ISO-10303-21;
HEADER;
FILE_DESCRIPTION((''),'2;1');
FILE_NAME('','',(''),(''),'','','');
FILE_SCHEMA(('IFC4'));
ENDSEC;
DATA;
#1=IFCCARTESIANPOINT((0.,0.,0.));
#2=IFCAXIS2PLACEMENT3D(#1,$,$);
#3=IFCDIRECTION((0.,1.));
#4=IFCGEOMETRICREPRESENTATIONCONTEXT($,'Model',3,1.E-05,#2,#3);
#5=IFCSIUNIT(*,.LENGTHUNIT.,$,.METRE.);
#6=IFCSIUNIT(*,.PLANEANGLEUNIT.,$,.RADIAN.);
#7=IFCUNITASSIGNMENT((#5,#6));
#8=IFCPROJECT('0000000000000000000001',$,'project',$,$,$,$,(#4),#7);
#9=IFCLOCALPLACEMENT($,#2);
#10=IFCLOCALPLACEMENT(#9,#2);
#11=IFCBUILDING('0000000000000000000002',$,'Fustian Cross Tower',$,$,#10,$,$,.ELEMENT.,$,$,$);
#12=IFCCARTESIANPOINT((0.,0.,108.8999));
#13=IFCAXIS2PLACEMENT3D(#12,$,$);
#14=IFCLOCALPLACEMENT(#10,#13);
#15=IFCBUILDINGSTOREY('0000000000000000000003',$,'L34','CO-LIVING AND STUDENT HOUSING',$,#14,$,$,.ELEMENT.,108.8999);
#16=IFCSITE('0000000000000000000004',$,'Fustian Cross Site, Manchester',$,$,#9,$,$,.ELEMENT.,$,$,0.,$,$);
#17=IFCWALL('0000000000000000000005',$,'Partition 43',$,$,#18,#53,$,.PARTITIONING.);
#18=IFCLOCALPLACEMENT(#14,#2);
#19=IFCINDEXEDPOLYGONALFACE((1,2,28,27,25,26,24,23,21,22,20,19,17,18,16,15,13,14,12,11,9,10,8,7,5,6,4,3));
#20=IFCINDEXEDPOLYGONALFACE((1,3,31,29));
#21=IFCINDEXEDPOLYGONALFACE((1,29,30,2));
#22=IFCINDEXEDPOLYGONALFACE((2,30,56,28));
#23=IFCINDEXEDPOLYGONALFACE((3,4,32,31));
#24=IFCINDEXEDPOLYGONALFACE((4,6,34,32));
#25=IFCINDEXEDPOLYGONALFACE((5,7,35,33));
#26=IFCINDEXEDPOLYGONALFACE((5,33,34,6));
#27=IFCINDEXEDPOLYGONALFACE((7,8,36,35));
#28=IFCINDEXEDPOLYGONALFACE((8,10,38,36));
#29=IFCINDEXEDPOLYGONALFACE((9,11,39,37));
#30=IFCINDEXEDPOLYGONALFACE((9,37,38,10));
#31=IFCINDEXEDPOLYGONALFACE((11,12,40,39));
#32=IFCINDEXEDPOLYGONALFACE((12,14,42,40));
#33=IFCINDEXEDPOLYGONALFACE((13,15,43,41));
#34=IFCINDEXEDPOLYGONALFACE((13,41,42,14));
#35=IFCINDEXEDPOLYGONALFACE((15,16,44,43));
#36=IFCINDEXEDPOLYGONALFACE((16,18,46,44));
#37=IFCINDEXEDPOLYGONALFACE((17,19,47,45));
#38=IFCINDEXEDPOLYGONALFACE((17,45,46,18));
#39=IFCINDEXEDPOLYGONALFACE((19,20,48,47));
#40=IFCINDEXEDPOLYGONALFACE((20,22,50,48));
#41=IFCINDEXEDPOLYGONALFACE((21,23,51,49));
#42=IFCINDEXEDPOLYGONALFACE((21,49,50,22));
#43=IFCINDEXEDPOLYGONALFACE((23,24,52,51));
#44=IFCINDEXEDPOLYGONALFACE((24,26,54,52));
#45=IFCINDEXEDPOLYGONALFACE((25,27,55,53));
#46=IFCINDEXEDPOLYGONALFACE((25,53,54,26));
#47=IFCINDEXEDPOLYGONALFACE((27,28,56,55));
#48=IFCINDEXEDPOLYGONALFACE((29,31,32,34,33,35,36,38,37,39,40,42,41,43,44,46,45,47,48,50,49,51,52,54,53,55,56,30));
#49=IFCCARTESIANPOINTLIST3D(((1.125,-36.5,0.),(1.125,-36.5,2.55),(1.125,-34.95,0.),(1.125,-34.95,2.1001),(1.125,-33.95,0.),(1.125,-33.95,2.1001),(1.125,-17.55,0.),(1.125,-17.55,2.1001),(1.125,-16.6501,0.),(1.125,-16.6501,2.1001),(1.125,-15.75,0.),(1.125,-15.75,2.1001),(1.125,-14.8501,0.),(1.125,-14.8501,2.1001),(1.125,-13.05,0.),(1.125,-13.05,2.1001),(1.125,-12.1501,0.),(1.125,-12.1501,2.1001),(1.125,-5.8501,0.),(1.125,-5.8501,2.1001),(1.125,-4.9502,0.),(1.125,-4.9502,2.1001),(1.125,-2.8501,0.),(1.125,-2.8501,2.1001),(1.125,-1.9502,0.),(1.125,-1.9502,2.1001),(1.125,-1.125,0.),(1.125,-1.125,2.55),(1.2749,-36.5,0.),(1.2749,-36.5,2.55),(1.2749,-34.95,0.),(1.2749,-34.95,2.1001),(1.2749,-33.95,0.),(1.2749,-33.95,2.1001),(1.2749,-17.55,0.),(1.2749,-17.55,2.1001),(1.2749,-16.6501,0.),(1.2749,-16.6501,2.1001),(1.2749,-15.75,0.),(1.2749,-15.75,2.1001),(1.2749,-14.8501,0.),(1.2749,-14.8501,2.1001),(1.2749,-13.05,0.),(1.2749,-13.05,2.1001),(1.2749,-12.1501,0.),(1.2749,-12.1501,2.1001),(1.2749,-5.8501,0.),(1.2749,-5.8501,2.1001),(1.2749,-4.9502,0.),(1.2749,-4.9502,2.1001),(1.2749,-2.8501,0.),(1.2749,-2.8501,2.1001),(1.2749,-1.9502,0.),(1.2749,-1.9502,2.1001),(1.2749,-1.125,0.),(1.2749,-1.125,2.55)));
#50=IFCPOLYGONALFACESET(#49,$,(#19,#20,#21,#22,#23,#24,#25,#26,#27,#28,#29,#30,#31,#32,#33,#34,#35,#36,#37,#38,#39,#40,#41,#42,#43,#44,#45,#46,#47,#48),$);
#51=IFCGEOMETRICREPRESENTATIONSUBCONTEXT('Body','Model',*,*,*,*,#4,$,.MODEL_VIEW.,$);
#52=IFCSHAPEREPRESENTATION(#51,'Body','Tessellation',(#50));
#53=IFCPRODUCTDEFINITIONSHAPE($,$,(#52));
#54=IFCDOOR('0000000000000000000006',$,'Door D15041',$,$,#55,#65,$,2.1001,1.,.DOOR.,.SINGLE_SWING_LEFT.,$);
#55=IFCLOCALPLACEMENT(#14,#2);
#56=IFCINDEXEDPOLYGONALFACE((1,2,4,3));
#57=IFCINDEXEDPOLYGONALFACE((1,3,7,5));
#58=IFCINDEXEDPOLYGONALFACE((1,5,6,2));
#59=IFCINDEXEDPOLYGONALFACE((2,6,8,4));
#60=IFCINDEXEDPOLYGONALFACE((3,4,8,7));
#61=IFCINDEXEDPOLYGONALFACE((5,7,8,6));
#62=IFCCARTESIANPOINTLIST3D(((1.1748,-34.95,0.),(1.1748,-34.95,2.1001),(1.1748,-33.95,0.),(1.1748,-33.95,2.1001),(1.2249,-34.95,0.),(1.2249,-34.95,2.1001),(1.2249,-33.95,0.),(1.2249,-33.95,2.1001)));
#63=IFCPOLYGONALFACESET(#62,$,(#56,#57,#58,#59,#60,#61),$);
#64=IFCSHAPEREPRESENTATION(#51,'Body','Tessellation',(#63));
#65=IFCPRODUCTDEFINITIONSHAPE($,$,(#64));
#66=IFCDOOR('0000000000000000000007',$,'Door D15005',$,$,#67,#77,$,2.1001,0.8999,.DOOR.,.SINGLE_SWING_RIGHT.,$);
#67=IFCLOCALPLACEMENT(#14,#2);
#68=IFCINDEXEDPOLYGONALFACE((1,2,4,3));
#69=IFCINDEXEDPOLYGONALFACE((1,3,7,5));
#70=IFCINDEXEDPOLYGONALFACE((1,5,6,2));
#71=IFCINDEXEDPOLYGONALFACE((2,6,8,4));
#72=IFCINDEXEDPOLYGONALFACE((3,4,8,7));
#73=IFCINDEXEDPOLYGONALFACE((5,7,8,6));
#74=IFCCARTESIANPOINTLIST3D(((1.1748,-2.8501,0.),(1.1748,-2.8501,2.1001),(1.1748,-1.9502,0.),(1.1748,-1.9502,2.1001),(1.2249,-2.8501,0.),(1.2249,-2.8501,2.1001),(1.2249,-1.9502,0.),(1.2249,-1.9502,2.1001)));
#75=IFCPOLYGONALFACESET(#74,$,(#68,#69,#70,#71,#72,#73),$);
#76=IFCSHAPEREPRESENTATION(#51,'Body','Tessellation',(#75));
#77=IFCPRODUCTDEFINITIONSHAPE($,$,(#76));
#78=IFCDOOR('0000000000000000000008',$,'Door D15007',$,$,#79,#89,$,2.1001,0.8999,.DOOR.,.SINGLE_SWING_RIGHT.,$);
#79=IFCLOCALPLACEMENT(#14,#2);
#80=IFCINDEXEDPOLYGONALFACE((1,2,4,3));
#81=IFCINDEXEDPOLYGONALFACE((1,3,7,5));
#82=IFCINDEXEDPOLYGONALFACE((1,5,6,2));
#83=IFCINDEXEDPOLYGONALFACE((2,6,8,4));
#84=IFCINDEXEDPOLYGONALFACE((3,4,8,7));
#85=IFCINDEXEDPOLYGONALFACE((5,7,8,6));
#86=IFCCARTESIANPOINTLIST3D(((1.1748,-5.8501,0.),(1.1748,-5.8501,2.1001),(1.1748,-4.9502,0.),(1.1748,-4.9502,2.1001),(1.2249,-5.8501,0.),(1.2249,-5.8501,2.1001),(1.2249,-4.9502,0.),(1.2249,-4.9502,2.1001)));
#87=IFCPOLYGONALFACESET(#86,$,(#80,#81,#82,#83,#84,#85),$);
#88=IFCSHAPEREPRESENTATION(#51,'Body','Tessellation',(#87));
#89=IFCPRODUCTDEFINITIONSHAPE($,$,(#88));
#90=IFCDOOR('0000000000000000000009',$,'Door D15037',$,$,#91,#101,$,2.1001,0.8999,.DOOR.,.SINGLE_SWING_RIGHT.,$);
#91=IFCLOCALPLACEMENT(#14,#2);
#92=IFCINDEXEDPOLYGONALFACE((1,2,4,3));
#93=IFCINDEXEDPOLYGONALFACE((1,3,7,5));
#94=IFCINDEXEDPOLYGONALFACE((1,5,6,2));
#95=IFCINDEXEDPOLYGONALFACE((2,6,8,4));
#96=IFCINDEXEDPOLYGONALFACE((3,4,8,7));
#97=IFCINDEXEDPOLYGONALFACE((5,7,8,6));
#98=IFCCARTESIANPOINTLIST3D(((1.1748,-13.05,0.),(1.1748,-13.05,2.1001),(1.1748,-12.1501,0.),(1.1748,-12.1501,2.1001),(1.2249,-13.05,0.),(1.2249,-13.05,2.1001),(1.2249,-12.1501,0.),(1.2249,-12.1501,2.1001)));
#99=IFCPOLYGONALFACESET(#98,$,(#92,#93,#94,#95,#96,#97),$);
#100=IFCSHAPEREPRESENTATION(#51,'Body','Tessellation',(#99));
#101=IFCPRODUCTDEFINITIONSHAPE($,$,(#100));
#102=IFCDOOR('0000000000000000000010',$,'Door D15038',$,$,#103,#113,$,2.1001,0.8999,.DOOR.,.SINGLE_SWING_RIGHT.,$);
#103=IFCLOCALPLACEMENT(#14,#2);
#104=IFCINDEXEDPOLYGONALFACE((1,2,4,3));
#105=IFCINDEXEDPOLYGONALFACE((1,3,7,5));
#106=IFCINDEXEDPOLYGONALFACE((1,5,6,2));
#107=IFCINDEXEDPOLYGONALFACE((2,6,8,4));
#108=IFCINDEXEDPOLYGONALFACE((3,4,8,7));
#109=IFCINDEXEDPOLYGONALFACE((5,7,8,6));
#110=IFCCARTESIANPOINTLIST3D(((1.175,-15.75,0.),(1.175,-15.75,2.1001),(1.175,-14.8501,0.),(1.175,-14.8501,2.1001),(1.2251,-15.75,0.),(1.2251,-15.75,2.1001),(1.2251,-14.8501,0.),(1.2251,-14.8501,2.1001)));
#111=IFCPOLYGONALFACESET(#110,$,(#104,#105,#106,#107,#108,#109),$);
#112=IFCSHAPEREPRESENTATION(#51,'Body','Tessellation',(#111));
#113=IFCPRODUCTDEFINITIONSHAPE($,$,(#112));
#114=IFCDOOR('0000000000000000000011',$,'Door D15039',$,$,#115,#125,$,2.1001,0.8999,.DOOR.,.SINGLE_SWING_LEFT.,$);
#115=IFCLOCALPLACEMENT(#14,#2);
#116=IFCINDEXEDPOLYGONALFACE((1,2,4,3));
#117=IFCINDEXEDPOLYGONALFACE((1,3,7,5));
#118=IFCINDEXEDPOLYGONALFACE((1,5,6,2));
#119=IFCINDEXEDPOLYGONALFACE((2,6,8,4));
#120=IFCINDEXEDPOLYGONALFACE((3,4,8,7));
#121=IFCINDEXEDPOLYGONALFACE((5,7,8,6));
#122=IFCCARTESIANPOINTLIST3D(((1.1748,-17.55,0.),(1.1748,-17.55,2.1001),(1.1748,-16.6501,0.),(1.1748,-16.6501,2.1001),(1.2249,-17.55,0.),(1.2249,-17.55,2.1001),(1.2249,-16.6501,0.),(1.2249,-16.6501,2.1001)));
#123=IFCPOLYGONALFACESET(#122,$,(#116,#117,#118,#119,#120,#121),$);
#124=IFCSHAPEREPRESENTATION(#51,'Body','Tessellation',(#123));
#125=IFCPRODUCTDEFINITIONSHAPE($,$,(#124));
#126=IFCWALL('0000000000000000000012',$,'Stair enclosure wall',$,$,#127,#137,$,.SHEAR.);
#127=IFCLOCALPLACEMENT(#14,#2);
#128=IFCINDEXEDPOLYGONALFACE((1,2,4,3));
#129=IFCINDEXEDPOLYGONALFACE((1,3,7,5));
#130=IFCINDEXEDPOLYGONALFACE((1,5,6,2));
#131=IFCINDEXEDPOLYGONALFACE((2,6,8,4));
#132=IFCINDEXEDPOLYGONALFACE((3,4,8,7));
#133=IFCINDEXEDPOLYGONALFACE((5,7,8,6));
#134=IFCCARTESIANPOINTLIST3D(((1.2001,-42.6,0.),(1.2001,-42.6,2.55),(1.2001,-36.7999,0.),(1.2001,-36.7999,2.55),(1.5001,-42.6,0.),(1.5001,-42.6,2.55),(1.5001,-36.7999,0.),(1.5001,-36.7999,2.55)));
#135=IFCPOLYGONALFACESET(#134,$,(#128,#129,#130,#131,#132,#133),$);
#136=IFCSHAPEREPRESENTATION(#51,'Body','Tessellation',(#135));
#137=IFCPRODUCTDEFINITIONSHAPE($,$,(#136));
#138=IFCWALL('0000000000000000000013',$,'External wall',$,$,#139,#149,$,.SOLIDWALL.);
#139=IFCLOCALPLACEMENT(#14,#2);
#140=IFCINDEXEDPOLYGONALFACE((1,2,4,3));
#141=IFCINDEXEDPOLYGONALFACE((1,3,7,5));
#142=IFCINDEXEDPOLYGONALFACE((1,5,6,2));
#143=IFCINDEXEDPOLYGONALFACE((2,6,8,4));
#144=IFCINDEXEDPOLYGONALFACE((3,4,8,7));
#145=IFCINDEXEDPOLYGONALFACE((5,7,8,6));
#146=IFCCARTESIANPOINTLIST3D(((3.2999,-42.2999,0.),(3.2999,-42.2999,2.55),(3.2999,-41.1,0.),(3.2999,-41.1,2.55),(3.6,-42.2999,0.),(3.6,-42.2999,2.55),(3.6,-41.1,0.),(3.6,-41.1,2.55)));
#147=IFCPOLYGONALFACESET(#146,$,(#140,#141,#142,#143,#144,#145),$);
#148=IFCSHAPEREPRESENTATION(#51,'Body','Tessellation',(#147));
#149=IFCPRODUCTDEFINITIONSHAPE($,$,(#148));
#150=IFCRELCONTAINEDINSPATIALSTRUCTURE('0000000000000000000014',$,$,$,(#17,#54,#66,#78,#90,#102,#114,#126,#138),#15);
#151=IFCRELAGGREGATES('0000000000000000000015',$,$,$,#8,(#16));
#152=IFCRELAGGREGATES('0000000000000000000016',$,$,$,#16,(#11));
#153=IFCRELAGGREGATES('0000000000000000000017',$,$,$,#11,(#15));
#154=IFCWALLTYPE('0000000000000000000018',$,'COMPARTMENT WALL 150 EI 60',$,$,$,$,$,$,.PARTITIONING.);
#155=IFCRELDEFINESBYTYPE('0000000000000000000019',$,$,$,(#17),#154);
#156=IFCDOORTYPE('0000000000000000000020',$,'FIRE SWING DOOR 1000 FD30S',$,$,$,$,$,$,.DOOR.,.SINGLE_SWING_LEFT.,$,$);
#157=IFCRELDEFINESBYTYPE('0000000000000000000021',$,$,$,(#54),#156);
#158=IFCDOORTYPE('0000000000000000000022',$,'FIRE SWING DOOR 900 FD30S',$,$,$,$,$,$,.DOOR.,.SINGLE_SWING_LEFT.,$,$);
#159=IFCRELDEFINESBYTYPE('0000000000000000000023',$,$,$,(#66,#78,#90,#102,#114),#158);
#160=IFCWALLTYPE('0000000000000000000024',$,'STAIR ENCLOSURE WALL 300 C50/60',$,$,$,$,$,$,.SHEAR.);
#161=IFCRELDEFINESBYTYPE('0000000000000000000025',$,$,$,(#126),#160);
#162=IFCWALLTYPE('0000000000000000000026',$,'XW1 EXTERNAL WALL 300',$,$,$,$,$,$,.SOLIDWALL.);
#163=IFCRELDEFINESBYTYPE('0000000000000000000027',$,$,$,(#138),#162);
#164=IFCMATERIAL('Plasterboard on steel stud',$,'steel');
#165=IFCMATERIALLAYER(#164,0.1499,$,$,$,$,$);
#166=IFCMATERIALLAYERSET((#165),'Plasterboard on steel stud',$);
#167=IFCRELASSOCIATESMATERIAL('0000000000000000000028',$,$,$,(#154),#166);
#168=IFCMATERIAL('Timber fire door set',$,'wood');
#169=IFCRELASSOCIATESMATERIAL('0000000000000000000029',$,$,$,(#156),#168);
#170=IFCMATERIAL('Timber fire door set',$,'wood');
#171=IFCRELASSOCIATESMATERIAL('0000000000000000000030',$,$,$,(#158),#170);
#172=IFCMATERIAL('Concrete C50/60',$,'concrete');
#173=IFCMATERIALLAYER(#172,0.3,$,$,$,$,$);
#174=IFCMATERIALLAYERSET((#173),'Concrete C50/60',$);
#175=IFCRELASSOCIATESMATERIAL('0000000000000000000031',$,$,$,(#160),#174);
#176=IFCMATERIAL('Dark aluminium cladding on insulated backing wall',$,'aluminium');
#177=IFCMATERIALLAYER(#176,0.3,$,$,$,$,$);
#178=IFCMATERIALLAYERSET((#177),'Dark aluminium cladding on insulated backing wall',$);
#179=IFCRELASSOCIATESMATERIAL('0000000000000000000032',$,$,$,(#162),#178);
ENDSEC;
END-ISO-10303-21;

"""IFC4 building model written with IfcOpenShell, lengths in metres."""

from ifc_helpers import new_model, si_unit, direction, frame, frame_2d, origin, place, context, subcontext, project, spatial, rectangle, extrude, material, layer, layer_set, type_object, element, fill, save


model = new_model("IFC4")

# Units and contexts
model_context = context("Model", 3, precision=1e-05, world=origin(), true_north=direction((0.0, 1.0)))
body_context = subcontext(model_context, "Body", "Model", "MODEL_VIEW")
ifc_project = project(units=[si_unit("LENGTHUNIT", "METRE"), si_unit("PLANEANGLEUNIT", "RADIAN")], contexts=[model_context])

# Site, building, storey
site_placement = place(None, origin())
site = spatial("IfcSite", under=ifc_project, at=site_placement, Name="Fustian Cross Site, Manchester", CompositionType="ELEMENT", RefElevation=0.0)
building_placement = place(site_placement, origin())
building = spatial("IfcBuilding", under=site, at=building_placement, Name="Fustian Cross Tower", CompositionType="ELEMENT")
storey_placement = place(building_placement, frame((0.0, 0.0, 108.8999)))
storey = spatial("IfcBuildingStorey", under=building, at=storey_placement, Name="L34", Description="CO-LIVING AND STUDENT HOUSING", CompositionType="ELEMENT", Elevation=108.8999)

# Wall, openings, doors
ifc_material_1 = material(Name="Plasterboard on steel stud", Category="steel")
ifc_layer_1 = layer(ifc_material_1, 0.1499)
ifc_layer_set_1 = layer_set([ifc_layer_1], Name="Plasterboard on steel stud")
wall_type_1 = type_object("IfcWallType", Name="COMPARTMENT WALL 150 EI 60", PredefinedType="PARTITIONING", material=ifc_layer_set_1)
wall_1_placement = place(storey_placement, frame((1.2, -36.5, 0.0), z_axis=(0.0, 0.0, 1.0), x_axis=(0.0, 1.0, 0.0)))
wall_1 = element("IfcWall", 1, at=wall_1_placement, inside=storey, type_object=wall_type_1, Name="Partition 43", PredefinedType="PARTITIONING", context=body_context, shape_type="SweptSolid", body=[
    extrude(rectangle(XDim=35.375, YDim=0.1499, at=frame_2d((17.6875, 0.0))), origin(), (0.0, 0.0, 1.0), 2.55),
])
opening_1_placement = place(wall_1_placement, frame((33.6499, 0.0, 0.0)))
opening_1 = element("IfcOpeningElement", 2, at=opening_1_placement, cuts=wall_1, PredefinedType="OPENING", context=body_context, shape_type="SweptSolid", body=[
    extrude(rectangle(XDim=0.8999, YDim=2.1001, at=frame_2d((0.45, 1.05))), frame((0.0, 0.085, 0.0), z_axis=(0.0, -1.0, 0.0), x_axis=(1.0, 0.0, 0.0)), (0.0, 0.0, 1.0), 0.1699),
])
opening_2_placement = place(wall_1_placement, frame((30.6499, 0.0, 0.0)))
opening_2 = element("IfcOpeningElement", 3, at=opening_2_placement, cuts=wall_1, PredefinedType="OPENING", context=body_context, shape_type="SweptSolid", body=[
    extrude(rectangle(XDim=0.8999, YDim=2.1001, at=frame_2d((0.45, 1.05))), frame((0.0, 0.085, 0.0), z_axis=(0.0, -1.0, 0.0), x_axis=(1.0, 0.0, 0.0)), (0.0, 0.0, 1.0), 0.1699),
])
opening_3_placement = place(wall_1_placement, frame((23.45, 0.0, 0.0)))
opening_3 = element("IfcOpeningElement", 4, at=opening_3_placement, cuts=wall_1, PredefinedType="OPENING", context=body_context, shape_type="SweptSolid", body=[
    extrude(rectangle(XDim=0.8999, YDim=2.1001, at=frame_2d((0.45, 1.05))), frame((0.0, 0.085, 0.0), z_axis=(0.0, -1.0, 0.0), x_axis=(1.0, 0.0, 0.0)), (0.0, 0.0, 1.0), 0.1699),
])
opening_4_placement = place(wall_1_placement, frame((20.75, 0.0, 0.0)))
opening_4 = element("IfcOpeningElement", 5, at=opening_4_placement, cuts=wall_1, PredefinedType="OPENING", context=body_context, shape_type="SweptSolid", body=[
    extrude(rectangle(XDim=0.8999, YDim=2.1001, at=frame_2d((0.45, 1.05))), frame((0.0, 0.085, 0.0), z_axis=(0.0, -1.0, 0.0), x_axis=(1.0, 0.0, 0.0)), (0.0, 0.0, 1.0), 0.1699),
])
opening_5_placement = place(wall_1_placement, frame((18.95, 0.0, 0.0)))
opening_5 = element("IfcOpeningElement", 6, at=opening_5_placement, cuts=wall_1, PredefinedType="OPENING", context=body_context, shape_type="SweptSolid", body=[
    extrude(rectangle(XDim=0.8999, YDim=2.1001, at=frame_2d((0.45, 1.05))), frame((0.0, 0.085, 0.0), z_axis=(0.0, -1.0, 0.0), x_axis=(1.0, 0.0, 0.0)), (0.0, 0.0, 1.0), 0.1699),
])
opening_6_placement = place(wall_1_placement, frame((1.55, 0.0, 0.0)))
opening_6 = element("IfcOpeningElement", 7, at=opening_6_placement, cuts=wall_1, PredefinedType="OPENING", context=body_context, shape_type="SweptSolid", body=[
    extrude(rectangle(XDim=1.0, YDim=2.1001, at=frame_2d((0.5, 1.05))), frame((0.0, 0.085, 0.0), z_axis=(0.0, -1.0, 0.0), x_axis=(1.0, 0.0, 0.0)), (0.0, 0.0, 1.0), 0.1699),
])
ifc_material_2 = material(Name="Timber fire door set", Category="wood")
door_type_1 = type_object("IfcDoorType", Name="FIRE SWING DOOR 1000 FD30S", OperationType="SINGLE_SWING_LEFT", PredefinedType="DOOR", material=ifc_material_2)
door_1_placement = place(opening_6_placement, frame((1.0, 0.0, 0.0), z_axis=(0.0, 0.0, 1.0), x_axis=(-1.0, 0.0, 0.0)))
door_1 = element("IfcDoor", 8, at=door_1_placement, inside=storey, type_object=door_type_1, Name="Door D15041", OperationType="SINGLE_SWING_LEFT", OverallHeight=2.1001, OverallWidth=1.0, PredefinedType="DOOR", context=body_context, shape_type="SweptSolid", body=[
    extrude(rectangle(XDim=1.0, YDim=2.1001, at=frame_2d((0.5, 1.05))), frame((0.0, 0.0249, 0.0), z_axis=(0.0, -1.0, 0.0), x_axis=(1.0, 0.0, 0.0)), (0.0, 0.0, 1.0), 0.05),
])
fill(opening_6, door_1)
ifc_material_3 = material(Name="Timber fire door set", Category="wood")
door_type_2 = type_object("IfcDoorType", Name="FIRE SWING DOOR 900 FD30S", OperationType="SINGLE_SWING_LEFT", PredefinedType="DOOR", material=ifc_material_3)
door_2_placement = place(opening_1_placement, frame((0.8999, 0.0, 0.0), z_axis=(0.0, 0.0, 1.0), x_axis=(-1.0, 0.0, 0.0)))
door_2 = element("IfcDoor", 9, at=door_2_placement, inside=storey, type_object=door_type_2, Name="Door D15005", OperationType="SINGLE_SWING_RIGHT", OverallHeight=2.1001, OverallWidth=0.8999, PredefinedType="DOOR", context=body_context, shape_type="SweptSolid", body=[
    extrude(rectangle(XDim=0.8999, YDim=2.1001, at=frame_2d((0.45, 1.05))), frame((0.0, 0.0249, 0.0), z_axis=(0.0, -1.0, 0.0), x_axis=(1.0, 0.0, 0.0)), (0.0, 0.0, 1.0), 0.05),
])
fill(opening_1, door_2)
door_3_placement = place(opening_2_placement, frame((0.8999, 0.0, 0.0), z_axis=(0.0, 0.0, 1.0), x_axis=(-1.0, 0.0, 0.0)))
door_3 = element("IfcDoor", 10, at=door_3_placement, inside=storey, type_object=door_type_2, Name="Door D15007", OperationType="SINGLE_SWING_RIGHT", OverallHeight=2.1001, OverallWidth=0.8999, PredefinedType="DOOR", context=body_context, shape_type="SweptSolid", body=[
    extrude(rectangle(XDim=0.8999, YDim=2.1001, at=frame_2d((0.45, 1.05))), frame((0.0, 0.0249, 0.0), z_axis=(0.0, -1.0, 0.0), x_axis=(1.0, 0.0, 0.0)), (0.0, 0.0, 1.0), 0.05),
])
fill(opening_2, door_3)
door_4_placement = place(opening_3_placement, frame((0.8999, 0.0, 0.0), z_axis=(0.0, 0.0, 1.0), x_axis=(-1.0, 0.0, 0.0)))
door_4 = element("IfcDoor", 11, at=door_4_placement, inside=storey, type_object=door_type_2, Name="Door D15037", OperationType="SINGLE_SWING_RIGHT", OverallHeight=2.1001, OverallWidth=0.8999, PredefinedType="DOOR", context=body_context, shape_type="SweptSolid", body=[
    extrude(rectangle(XDim=0.8999, YDim=2.1001, at=frame_2d((0.45, 1.05))), frame((0.0, 0.0249, 0.0), z_axis=(0.0, -1.0, 0.0), x_axis=(1.0, 0.0, 0.0)), (0.0, 0.0, 1.0), 0.05),
])
fill(opening_3, door_4)
door_5_placement = place(opening_4_placement, origin())
door_5 = element("IfcDoor", 12, at=door_5_placement, inside=storey, type_object=door_type_2, Name="Door D15038", OperationType="SINGLE_SWING_RIGHT", OverallHeight=2.1001, OverallWidth=0.8999, PredefinedType="DOOR", context=body_context, shape_type="SweptSolid", body=[
    extrude(rectangle(XDim=0.8999, YDim=2.1001, at=frame_2d((0.45, 1.05))), frame((0.0, 0.0249, 0.0), z_axis=(0.0, -1.0, 0.0), x_axis=(1.0, 0.0, 0.0)), (0.0, 0.0, 1.0), 0.05),
])
fill(opening_4, door_5)
door_6_placement = place(opening_5_placement, frame((0.8999, 0.0, 0.0), z_axis=(0.0, 0.0, 1.0), x_axis=(-1.0, 0.0, 0.0)))
door_6 = element("IfcDoor", 13, at=door_6_placement, inside=storey, type_object=door_type_2, Name="Door D15039", OperationType="SINGLE_SWING_LEFT", OverallHeight=2.1001, OverallWidth=0.8999, PredefinedType="DOOR", context=body_context, shape_type="SweptSolid", body=[
    extrude(rectangle(XDim=0.8999, YDim=2.1001, at=frame_2d((0.45, 1.05))), frame((0.0, 0.0249, 0.0), z_axis=(0.0, -1.0, 0.0), x_axis=(1.0, 0.0, 0.0)), (0.0, 0.0, 1.0), 0.05),
])
fill(opening_5, door_6)

# Walls
ifc_material_4 = material(Name="Concrete C50/60", Category="concrete")
ifc_layer_2 = layer(ifc_material_4, 0.3)
ifc_layer_set_2 = layer_set([ifc_layer_2], Name="Concrete C50/60")
wall_type_2 = type_object("IfcWallType", Name="STAIR ENCLOSURE WALL 300 C50/60", PredefinedType="SHEAR", material=ifc_layer_set_2)
wall_2_placement = place(storey_placement, frame((1.3501, -36.8, 0.0), z_axis=(0.0, 0.0, 1.0), x_axis=(0.0, -1.0, 0.0)))
element("IfcWall", 14, at=wall_2_placement, inside=storey, type_object=wall_type_2, Name="Stair enclosure wall", PredefinedType="SHEAR", context=body_context, shape_type="SweptSolid", body=[
    extrude(rectangle(XDim=5.8, YDim=0.3, at=frame_2d((2.8999, 0.0))), origin(), (0.0, 0.0, 1.0), 2.55),
])
ifc_material_5 = material(Name="Dark aluminium cladding on insulated backing wall", Category="aluminium")
ifc_layer_3 = layer(ifc_material_5, 0.3)
ifc_layer_set_3 = layer_set([ifc_layer_3], Name="Dark aluminium cladding on insulated backing wall")
wall_type_3 = type_object("IfcWallType", Name="XW1 EXTERNAL WALL 300", PredefinedType="SOLIDWALL", material=ifc_layer_set_3)
wall_3_placement = place(storey_placement, frame((3.45, -42.3, 0.0), z_axis=(0.0, 0.0, 1.0), x_axis=(0.0, 1.0, 0.0)))
element("IfcWall", 15, at=wall_3_placement, inside=storey, type_object=wall_type_3, Name="External wall", PredefinedType="SOLIDWALL", context=body_context, shape_type="SweptSolid", body=[
    extrude(rectangle(XDim=1.2, YDim=0.3, at=frame_2d((0.6001, 0.0))), origin(), (0.0, 0.0, 1.0), 2.55),
])

save(model, "model.ifc")
